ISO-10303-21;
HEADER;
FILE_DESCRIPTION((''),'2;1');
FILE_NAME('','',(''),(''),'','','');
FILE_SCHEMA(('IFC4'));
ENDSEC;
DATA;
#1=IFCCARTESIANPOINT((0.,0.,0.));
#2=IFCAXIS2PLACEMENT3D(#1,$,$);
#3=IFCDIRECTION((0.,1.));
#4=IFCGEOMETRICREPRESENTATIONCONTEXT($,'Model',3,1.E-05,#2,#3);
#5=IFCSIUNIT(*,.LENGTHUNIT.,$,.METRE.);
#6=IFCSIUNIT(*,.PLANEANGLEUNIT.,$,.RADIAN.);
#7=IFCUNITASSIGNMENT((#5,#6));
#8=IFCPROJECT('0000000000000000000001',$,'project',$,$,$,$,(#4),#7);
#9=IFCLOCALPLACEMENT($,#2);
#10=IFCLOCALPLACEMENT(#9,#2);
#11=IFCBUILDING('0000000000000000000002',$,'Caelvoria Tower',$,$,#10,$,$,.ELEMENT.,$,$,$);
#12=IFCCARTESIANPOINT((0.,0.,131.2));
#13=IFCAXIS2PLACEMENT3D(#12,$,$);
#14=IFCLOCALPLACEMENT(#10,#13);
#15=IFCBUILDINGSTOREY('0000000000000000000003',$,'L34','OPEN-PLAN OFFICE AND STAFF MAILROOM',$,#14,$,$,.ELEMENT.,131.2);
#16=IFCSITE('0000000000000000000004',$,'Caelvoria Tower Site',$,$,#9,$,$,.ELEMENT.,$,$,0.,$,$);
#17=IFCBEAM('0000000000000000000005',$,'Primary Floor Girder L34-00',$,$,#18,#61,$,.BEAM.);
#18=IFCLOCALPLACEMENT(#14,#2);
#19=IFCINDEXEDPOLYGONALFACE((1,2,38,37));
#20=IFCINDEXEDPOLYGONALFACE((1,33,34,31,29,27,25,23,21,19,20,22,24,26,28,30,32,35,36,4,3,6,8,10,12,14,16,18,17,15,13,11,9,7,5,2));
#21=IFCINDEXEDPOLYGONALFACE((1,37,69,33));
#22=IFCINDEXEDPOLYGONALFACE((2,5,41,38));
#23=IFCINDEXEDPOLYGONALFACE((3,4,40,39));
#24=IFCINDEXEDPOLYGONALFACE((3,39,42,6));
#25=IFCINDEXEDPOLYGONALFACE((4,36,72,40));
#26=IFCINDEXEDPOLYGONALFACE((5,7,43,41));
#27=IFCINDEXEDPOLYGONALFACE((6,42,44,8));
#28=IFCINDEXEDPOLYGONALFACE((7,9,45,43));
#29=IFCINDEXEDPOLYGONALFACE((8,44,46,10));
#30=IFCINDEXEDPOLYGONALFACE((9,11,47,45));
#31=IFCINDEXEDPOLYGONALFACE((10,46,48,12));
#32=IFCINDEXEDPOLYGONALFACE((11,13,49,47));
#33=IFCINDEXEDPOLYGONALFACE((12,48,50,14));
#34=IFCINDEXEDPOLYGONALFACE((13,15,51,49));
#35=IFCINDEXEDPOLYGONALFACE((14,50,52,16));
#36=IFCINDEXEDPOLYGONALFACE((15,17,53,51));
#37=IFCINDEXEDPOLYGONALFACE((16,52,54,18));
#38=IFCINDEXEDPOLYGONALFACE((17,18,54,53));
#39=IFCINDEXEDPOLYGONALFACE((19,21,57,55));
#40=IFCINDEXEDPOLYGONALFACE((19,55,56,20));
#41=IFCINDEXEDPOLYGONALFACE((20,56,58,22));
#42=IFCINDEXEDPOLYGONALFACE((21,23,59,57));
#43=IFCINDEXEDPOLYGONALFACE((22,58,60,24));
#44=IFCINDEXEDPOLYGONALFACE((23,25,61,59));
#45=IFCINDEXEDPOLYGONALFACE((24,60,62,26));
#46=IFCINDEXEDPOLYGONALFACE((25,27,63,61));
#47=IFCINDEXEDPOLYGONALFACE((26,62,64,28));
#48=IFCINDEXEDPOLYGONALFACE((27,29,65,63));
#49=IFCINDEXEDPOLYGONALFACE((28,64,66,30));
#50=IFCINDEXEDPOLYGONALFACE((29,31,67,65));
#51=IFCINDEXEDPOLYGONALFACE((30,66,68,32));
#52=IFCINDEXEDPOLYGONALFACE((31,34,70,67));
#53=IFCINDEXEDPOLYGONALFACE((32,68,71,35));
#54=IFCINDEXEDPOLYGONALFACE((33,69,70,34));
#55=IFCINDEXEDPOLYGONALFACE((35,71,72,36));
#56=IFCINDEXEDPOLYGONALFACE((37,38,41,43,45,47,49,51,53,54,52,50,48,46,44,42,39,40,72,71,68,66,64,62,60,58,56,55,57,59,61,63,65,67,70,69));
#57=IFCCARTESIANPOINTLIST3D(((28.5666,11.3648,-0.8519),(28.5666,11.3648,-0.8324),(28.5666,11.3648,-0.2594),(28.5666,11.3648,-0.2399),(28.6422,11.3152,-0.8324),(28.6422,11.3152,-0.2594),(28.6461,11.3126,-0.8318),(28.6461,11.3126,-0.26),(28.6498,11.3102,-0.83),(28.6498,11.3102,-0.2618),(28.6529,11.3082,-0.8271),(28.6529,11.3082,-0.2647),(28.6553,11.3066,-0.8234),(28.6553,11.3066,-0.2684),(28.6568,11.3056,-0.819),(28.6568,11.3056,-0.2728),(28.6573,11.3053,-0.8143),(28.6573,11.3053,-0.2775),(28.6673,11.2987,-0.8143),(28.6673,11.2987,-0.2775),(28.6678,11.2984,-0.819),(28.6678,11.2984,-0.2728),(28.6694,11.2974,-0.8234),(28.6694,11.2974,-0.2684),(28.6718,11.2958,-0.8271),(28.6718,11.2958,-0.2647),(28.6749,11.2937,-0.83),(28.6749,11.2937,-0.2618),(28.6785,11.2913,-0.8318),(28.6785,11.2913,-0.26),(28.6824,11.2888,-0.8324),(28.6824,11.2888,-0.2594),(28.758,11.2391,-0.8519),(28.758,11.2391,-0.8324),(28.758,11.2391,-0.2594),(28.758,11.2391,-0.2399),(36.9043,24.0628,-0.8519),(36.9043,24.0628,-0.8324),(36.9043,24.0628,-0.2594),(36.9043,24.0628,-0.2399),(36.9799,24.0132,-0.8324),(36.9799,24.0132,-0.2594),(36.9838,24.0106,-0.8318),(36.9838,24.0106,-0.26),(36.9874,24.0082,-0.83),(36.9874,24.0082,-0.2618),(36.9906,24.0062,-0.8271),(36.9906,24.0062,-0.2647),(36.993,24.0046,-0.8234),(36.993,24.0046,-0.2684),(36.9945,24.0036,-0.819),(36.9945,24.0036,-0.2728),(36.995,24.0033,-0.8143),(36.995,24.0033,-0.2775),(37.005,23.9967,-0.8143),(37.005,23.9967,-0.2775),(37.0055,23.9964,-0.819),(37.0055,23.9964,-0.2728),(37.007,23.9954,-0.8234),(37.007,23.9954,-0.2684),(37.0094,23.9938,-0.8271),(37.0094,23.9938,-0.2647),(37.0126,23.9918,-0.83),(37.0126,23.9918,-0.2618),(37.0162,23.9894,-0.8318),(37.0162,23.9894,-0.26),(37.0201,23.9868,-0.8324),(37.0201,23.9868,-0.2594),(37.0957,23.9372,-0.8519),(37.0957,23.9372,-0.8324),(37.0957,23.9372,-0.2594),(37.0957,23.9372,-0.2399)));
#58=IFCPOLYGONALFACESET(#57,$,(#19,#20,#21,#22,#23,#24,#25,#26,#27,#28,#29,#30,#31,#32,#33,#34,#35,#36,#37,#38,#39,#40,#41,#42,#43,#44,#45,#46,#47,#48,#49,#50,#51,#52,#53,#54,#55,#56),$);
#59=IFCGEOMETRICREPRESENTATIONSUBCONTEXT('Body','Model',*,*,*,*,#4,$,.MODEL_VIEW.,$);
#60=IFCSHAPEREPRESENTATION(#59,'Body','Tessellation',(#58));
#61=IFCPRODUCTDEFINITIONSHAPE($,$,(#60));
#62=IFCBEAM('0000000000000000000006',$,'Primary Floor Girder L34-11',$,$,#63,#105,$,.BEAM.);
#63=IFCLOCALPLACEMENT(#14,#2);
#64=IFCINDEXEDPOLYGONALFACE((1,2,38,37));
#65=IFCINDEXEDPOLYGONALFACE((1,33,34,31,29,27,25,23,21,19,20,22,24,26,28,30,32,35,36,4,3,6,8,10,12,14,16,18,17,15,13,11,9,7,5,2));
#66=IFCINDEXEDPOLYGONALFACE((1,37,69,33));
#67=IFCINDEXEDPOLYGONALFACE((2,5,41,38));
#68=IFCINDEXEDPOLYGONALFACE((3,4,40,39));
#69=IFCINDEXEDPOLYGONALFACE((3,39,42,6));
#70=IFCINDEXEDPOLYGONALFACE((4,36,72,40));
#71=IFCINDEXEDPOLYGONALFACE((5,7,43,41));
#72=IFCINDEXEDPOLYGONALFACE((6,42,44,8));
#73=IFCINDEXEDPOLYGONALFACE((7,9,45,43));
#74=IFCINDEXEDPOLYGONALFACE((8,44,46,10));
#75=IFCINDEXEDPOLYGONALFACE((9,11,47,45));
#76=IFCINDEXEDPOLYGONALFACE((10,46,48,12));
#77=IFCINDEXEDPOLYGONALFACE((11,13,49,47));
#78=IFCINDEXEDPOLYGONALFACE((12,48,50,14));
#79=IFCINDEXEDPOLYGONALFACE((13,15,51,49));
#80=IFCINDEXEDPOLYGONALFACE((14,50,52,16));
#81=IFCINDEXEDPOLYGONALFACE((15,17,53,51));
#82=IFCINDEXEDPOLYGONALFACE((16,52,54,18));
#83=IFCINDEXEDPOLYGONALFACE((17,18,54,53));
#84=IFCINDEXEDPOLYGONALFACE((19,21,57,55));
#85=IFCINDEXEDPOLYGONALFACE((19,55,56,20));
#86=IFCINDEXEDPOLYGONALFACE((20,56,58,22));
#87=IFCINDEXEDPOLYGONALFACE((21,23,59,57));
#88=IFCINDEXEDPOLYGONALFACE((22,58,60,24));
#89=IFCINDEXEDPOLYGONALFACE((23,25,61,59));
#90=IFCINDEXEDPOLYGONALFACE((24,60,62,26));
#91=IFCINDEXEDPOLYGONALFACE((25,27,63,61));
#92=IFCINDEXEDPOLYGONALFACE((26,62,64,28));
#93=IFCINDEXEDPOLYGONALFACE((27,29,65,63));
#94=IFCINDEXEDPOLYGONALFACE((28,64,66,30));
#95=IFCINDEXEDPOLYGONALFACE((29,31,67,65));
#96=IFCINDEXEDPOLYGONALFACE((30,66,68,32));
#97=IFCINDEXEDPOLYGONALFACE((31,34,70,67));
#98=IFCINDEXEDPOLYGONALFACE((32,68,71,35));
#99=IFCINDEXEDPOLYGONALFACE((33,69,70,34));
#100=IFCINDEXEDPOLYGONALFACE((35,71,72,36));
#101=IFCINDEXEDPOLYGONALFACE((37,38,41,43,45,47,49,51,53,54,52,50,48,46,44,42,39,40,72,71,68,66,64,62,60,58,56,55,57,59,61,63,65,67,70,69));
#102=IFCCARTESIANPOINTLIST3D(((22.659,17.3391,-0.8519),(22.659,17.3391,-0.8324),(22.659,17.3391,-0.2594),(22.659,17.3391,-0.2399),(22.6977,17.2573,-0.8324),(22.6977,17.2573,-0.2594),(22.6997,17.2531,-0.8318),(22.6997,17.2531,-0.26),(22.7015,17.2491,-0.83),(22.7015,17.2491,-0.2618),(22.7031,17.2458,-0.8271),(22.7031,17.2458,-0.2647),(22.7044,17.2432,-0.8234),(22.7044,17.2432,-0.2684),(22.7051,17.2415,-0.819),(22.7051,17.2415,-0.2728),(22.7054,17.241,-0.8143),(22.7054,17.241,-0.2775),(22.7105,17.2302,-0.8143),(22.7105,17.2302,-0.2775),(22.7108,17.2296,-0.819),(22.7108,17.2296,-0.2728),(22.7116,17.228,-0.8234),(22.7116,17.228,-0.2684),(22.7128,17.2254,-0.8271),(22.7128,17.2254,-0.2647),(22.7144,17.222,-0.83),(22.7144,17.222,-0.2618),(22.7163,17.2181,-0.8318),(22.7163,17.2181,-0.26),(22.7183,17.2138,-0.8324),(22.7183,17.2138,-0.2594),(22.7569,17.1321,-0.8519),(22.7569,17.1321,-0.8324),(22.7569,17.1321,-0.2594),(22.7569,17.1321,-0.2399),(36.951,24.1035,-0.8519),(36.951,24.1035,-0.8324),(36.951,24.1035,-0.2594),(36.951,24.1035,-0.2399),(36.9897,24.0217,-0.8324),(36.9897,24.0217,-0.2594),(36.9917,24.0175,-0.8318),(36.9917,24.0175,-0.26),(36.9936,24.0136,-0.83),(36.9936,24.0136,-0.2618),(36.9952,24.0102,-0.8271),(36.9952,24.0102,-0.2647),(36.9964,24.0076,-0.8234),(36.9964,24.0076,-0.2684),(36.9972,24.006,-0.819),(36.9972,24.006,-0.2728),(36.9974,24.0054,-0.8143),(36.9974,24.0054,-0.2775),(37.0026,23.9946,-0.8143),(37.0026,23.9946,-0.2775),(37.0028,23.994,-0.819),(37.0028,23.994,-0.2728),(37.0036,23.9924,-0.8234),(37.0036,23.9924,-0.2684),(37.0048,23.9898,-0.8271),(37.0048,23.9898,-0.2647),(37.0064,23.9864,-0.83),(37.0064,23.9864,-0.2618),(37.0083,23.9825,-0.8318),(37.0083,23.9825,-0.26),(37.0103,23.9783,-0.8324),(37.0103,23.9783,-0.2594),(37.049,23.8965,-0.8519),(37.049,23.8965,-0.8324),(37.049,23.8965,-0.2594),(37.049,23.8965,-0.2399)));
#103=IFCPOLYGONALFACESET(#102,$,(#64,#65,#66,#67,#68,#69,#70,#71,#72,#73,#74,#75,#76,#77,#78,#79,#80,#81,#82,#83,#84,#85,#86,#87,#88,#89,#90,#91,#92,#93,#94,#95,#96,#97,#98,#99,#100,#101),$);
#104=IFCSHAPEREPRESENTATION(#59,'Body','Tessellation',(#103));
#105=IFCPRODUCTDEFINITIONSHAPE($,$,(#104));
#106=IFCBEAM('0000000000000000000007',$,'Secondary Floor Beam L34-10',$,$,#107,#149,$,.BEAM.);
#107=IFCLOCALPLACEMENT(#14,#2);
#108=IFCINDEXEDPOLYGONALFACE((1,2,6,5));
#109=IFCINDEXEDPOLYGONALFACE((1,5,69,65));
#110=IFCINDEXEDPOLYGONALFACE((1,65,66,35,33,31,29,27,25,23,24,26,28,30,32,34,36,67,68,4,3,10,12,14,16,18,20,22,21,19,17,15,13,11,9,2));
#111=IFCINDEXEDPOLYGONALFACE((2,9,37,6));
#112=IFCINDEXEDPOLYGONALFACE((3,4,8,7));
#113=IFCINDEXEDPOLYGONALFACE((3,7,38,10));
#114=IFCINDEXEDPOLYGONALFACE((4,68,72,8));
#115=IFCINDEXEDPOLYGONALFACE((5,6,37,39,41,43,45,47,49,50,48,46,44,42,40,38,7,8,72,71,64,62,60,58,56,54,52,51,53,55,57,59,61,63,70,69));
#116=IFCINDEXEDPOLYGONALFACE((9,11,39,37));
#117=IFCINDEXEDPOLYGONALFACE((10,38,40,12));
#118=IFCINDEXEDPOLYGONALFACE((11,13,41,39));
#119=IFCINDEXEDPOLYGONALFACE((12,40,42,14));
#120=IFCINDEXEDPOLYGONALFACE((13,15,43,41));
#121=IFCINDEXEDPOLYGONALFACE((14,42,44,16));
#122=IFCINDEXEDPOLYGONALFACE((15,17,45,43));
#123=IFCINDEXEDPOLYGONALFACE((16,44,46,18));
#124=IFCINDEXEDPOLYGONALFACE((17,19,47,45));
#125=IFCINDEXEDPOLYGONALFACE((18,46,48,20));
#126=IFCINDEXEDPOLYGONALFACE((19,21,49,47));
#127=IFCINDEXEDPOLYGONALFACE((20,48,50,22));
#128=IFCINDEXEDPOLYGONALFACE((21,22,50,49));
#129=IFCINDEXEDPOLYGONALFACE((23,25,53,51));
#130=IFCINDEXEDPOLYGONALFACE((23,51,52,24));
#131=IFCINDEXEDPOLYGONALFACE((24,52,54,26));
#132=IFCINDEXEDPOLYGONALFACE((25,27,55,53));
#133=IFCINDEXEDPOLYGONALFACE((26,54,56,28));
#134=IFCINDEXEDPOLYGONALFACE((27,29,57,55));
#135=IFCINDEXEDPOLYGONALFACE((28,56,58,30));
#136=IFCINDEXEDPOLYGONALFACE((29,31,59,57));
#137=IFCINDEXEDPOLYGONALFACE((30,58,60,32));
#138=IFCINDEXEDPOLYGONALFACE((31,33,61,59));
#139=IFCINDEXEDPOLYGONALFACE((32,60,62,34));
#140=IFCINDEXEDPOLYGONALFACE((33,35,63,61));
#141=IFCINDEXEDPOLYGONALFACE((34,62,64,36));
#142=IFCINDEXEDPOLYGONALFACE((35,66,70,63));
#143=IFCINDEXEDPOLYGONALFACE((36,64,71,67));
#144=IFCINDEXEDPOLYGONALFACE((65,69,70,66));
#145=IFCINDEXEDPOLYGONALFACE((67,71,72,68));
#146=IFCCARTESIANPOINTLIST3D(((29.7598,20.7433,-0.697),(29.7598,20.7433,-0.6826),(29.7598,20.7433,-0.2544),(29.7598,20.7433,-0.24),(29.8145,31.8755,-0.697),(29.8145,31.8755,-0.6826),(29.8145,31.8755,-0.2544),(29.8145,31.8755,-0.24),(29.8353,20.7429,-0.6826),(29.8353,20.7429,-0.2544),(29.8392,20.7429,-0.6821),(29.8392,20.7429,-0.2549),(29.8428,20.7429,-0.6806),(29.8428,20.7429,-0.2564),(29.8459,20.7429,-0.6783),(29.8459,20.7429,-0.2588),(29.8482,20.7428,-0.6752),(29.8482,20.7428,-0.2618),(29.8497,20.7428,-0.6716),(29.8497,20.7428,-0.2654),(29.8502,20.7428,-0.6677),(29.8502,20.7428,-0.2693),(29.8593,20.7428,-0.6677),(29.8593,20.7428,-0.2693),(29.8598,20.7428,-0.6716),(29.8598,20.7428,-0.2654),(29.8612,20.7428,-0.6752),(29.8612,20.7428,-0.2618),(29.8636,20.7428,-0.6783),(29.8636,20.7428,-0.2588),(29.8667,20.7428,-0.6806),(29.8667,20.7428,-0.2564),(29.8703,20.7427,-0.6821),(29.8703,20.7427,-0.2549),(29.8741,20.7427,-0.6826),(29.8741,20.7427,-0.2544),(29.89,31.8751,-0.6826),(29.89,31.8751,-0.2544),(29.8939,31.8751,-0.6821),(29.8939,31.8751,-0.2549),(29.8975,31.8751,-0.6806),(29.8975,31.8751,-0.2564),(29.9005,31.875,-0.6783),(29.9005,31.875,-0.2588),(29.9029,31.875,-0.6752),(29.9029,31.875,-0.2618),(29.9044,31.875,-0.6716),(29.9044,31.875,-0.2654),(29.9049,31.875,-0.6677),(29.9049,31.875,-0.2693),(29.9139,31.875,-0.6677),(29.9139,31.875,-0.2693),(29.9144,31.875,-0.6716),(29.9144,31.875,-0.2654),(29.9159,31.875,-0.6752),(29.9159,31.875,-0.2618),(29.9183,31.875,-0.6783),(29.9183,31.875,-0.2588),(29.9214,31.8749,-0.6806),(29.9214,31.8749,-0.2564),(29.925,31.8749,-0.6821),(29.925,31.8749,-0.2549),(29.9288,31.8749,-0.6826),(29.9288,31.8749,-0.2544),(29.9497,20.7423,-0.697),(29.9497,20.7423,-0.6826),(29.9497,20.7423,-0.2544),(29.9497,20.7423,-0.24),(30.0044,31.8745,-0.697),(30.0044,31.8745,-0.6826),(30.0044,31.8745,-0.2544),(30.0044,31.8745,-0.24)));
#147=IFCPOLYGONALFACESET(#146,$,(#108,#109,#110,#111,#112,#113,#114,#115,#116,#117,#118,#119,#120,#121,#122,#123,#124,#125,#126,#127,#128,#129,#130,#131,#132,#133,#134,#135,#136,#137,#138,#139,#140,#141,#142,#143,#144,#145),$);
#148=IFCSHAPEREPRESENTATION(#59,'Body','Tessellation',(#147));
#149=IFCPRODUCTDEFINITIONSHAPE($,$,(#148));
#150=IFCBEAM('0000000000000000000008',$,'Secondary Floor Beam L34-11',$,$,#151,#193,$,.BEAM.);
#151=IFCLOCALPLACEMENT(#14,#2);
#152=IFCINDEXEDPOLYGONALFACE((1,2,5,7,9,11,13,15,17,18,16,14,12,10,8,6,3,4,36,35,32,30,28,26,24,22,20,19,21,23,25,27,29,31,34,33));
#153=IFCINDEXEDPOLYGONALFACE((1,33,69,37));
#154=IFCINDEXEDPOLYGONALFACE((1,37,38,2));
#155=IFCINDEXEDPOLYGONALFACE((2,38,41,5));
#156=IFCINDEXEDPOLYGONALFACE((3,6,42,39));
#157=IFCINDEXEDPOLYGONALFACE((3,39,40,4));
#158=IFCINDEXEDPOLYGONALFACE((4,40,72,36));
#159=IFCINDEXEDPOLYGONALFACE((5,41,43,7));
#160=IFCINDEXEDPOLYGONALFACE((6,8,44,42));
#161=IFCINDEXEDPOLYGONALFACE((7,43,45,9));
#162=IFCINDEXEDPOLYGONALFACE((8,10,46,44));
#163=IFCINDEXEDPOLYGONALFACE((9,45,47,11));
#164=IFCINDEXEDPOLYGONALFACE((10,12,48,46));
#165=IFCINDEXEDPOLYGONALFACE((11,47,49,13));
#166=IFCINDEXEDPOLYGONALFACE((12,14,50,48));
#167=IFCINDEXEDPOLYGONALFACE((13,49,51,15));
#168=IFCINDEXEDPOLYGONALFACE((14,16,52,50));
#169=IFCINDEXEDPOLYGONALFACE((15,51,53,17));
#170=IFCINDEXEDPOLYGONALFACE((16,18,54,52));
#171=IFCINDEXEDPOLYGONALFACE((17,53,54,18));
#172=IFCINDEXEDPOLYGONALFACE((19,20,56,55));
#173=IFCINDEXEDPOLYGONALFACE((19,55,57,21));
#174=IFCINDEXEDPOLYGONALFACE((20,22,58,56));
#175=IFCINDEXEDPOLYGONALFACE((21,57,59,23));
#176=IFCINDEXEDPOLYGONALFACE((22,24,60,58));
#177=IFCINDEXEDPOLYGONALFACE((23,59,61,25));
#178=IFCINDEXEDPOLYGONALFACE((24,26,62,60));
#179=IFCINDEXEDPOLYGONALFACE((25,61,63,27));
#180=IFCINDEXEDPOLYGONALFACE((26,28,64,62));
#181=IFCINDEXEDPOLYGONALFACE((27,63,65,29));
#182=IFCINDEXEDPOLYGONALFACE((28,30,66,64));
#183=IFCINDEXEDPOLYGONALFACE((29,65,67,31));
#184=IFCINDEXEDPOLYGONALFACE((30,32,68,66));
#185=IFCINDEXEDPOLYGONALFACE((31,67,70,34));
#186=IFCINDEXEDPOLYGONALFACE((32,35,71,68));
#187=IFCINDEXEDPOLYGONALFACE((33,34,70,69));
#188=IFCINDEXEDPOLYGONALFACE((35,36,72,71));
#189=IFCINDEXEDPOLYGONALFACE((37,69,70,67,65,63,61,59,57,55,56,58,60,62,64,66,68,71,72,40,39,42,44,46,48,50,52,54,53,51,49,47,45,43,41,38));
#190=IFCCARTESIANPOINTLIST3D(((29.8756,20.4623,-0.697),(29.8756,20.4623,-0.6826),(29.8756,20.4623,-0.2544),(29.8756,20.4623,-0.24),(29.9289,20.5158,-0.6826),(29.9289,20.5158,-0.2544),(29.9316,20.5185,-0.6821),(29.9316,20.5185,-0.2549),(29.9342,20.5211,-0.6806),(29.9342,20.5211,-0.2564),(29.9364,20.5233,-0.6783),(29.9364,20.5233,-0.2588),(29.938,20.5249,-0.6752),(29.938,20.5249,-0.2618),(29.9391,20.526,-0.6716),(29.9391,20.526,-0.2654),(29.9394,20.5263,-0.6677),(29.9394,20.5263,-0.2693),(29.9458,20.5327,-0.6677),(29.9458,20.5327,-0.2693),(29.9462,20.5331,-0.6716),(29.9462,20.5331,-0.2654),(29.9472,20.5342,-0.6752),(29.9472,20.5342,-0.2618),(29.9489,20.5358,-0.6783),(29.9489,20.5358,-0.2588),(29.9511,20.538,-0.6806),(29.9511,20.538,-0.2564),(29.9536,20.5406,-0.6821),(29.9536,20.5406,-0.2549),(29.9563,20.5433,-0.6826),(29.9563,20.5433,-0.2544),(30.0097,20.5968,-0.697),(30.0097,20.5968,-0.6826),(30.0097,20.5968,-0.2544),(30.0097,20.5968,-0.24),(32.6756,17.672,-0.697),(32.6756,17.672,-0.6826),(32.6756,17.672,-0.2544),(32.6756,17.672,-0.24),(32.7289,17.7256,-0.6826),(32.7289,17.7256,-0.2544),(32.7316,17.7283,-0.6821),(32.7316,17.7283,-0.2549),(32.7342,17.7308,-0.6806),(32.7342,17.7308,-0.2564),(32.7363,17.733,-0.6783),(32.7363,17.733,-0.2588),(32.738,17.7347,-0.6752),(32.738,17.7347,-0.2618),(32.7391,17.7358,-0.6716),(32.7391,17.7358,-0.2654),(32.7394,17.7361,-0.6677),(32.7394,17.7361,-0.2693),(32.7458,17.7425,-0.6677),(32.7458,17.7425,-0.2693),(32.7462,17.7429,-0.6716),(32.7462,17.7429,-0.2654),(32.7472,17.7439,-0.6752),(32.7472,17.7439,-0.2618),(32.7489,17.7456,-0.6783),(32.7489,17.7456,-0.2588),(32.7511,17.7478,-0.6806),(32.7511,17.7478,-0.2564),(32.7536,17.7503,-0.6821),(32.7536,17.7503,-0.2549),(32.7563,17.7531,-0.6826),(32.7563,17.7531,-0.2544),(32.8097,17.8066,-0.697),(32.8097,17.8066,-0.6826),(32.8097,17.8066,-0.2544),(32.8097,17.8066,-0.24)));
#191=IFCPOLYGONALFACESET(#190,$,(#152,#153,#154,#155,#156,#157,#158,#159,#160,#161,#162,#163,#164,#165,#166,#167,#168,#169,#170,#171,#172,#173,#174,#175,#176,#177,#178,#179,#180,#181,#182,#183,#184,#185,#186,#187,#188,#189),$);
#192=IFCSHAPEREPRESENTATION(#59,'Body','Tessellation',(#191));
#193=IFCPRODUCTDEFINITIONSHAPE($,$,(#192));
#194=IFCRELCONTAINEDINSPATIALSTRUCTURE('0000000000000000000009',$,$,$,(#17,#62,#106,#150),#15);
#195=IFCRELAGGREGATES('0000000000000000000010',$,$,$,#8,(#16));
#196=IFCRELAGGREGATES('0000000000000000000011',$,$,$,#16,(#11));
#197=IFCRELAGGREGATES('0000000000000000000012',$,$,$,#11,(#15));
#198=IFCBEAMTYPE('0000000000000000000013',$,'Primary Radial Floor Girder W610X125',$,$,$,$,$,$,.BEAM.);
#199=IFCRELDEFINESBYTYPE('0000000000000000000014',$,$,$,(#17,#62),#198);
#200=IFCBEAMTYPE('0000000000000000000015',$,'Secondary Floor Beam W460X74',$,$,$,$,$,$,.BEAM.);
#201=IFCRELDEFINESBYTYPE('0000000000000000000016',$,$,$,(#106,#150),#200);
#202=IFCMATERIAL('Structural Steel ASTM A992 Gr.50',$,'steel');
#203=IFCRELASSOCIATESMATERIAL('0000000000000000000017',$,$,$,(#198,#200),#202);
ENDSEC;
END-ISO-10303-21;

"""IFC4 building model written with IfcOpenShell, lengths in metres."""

from ifc_helpers import new_model, si_unit, direction, frame, origin, origin_2d, place, context, subcontext, project, spatial, i_section, extrude, material, material_profile, profile_set, type_object, element, save


model = new_model("IFC4")

# Units and contexts
model_context = context("Model", 3, precision=1e-05, world=origin(), true_north=direction((0.0, 1.0)))
body_context = subcontext(model_context, "Body", "Model", "MODEL_VIEW")
ifc_project = project(units=[si_unit("LENGTHUNIT", "METRE"), si_unit("PLANEANGLEUNIT", "RADIAN")], contexts=[model_context])

# Site, building, storey
site_placement = place(None, origin())
site = spatial("IfcSite", under=ifc_project, at=site_placement, Name="Caelvoria Tower Site", CompositionType="ELEMENT", RefElevation=0.0)
building_placement = place(site_placement, origin())
building = spatial("IfcBuilding", under=site, at=building_placement, Name="Caelvoria Tower", CompositionType="ELEMENT")
storey_placement = place(building_placement, frame((0.0, 0.0, 131.2)))
storey = spatial("IfcBuildingStorey", under=building, at=storey_placement, Name="L34", Description="OPEN-PLAN OFFICE AND STAFF MAILROOM", CompositionType="ELEMENT", Elevation=131.2)

# Beams
ifc_material_1 = material(Name="Structural Steel ASTM A992 Gr.50", Category="steel")
ifc_material_profile_1 = material_profile(ifc_material_1, i_section(OverallWidth=0.229, OverallDepth=0.6121, WebThickness=0.012, FlangeThickness=0.0195, FilletRadius=0.0181, at=origin_2d()), Name="Structural Steel ASTM A992 Gr.50")
ifc_profile_set_1 = profile_set([ifc_material_profile_1], Name="W610X125 - Structural Steel ASTM A992 Gr.50")
beam_type_1 = type_object("IfcBeamType", Name="Primary Radial Floor Girder W610X125", PredefinedType="BEAM", material=ifc_profile_set_1)
beam_1_placement = place(storey_placement, frame((37.0, 24.0, -0.5459), z_axis=(-0.548867, -0.835909, 0.0), x_axis=(0.835909, -0.548867, 0.0)))
element("IfcBeam", 1, at=beam_1_placement, inside=storey, type_object=beam_type_1, Name="Primary Floor Girder L34-00", PredefinedType="BEAM", context=body_context, shape_type="SweptSolid", body=[
    extrude(i_section(OverallWidth=0.229, OverallDepth=0.6121, WebThickness=0.012, FlangeThickness=0.0195, FilletRadius=0.0181, at=origin_2d()), origin(), (0.0, 0.0, 1.0), 15.1907),
])
beam_2_placement = place(storey_placement, frame((37.0, 24.0, -0.5459), z_axis=(-0.903872, -0.427803, 0.0), x_axis=(0.427803, -0.903872, 0.0)))
element("IfcBeam", 2, at=beam_2_placement, inside=storey, type_object=beam_type_1, Name="Primary Floor Girder L34-11", PredefinedType="BEAM", context=body_context, shape_type="SweptSolid", body=[
    extrude(i_section(OverallWidth=0.229, OverallDepth=0.6121, WebThickness=0.012, FlangeThickness=0.0195, FilletRadius=0.0181, at=origin_2d()), origin(), (0.0, 0.0, 1.0), 15.812),
])
ifc_material_profile_2 = material_profile(ifc_material_1, i_section(OverallWidth=0.1899, OverallDepth=0.457, WebThickness=0.009, FlangeThickness=0.0144, FilletRadius=0.0149, at=origin_2d()), Name="Structural Steel ASTM A992 Gr.50")
ifc_profile_set_2 = profile_set([ifc_material_profile_2], Name="W460X74 - Structural Steel ASTM A992 Gr.50")
beam_type_2 = type_object("IfcBeamType", Name="Secondary Floor Beam W460X74", PredefinedType="BEAM", material=ifc_profile_set_2)
beam_3_placement = place(storey_placement, frame((29.9094, 31.875, -0.4685), z_axis=(-0.004913, -0.999988, 0.0), x_axis=(0.999988, -0.004913, 0.0)))
element("IfcBeam", 3, at=beam_3_placement, inside=storey, type_object=beam_type_2, Name="Secondary Floor Beam L34-10", PredefinedType="BEAM", context=body_context, shape_type="SweptSolid", body=[
    extrude(i_section(OverallWidth=0.1899, OverallDepth=0.457, WebThickness=0.009, FlangeThickness=0.0144, FilletRadius=0.0149, at=origin_2d()), origin(), (0.0, 0.0, 1.0), 11.1323),
])
beam_4_placement = place(storey_placement, frame((29.9426, 20.5295, -0.4685), z_axis=(0.708341, -0.70587, 0.0), x_axis=(0.70587, 0.708341, 0.0)))
element("IfcBeam", 4, at=beam_4_placement, inside=storey, type_object=beam_type_2, Name="Secondary Floor Beam L34-11", PredefinedType="BEAM", context=body_context, shape_type="SweptSolid", body=[
    extrude(i_section(OverallWidth=0.1899, OverallDepth=0.457, WebThickness=0.009, FlangeThickness=0.0144, FilletRadius=0.0149, at=origin_2d()), origin(), (0.0, 0.0, 1.0), 3.9529),
])

save(model, "model.ifc")
